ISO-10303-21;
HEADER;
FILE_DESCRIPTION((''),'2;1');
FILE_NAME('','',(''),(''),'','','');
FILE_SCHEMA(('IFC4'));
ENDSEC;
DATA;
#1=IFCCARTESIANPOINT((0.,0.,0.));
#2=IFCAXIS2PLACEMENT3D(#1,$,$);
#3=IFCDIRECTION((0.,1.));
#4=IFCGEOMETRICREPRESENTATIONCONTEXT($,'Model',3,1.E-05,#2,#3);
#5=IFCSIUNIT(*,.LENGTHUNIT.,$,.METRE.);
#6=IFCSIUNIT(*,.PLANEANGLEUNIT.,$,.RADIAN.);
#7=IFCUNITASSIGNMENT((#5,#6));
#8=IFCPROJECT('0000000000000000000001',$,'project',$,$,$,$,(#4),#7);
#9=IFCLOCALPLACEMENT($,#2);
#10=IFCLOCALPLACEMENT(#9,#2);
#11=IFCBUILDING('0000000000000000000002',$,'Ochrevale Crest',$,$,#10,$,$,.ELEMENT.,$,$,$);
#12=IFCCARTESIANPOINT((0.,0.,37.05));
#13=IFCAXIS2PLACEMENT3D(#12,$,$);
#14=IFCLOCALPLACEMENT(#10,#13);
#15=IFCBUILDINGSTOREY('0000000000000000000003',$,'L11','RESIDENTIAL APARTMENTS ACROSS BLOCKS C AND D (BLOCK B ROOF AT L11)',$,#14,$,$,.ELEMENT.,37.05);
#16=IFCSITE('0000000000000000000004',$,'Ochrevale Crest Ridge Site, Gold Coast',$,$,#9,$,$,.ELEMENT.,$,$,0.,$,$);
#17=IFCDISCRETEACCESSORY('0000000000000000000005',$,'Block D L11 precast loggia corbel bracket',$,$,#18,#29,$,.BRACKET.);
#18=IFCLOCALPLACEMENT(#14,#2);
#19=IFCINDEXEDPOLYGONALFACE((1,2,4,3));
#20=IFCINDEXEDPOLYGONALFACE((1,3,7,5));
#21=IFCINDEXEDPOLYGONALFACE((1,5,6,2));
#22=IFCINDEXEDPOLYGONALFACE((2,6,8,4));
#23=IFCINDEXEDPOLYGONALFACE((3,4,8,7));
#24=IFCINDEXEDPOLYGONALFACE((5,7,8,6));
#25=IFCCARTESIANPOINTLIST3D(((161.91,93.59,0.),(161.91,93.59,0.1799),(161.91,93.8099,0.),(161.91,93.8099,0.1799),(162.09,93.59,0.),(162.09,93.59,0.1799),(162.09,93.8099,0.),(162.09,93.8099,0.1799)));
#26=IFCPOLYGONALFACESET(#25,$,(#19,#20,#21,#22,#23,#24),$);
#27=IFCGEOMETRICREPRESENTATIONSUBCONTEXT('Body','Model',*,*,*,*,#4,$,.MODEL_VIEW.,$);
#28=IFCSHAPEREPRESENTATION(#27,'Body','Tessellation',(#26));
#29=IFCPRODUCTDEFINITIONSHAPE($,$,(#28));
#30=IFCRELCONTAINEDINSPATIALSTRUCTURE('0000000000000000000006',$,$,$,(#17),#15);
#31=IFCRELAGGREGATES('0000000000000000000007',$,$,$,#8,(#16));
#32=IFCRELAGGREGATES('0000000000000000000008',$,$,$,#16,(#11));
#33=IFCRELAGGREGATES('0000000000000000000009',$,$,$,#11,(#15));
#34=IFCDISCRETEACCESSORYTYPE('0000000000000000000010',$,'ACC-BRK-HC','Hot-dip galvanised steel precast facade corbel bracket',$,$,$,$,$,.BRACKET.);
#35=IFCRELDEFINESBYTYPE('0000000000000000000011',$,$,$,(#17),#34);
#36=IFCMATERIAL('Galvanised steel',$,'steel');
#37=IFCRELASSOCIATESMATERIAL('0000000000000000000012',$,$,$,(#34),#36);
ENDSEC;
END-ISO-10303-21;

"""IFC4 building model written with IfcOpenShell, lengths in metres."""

from ifc_helpers import new_model, si_unit, direction, frame, origin, origin_2d, place, context, subcontext, project, spatial, rectangle, extrude, material, type_object, element, save


model = new_model("IFC4")

# Units and contexts
model_context = context("Model", 3, precision=1e-05, world=origin(), true_north=direction((0.0, 1.0)))
body_context = subcontext(model_context, "Body", "Model", "MODEL_VIEW")
ifc_project = project(units=[si_unit("LENGTHUNIT", "METRE"), si_unit("PLANEANGLEUNIT", "RADIAN")], contexts=[model_context])

# Site, building, storey
site_placement = place(None, origin())
site = spatial("IfcSite", under=ifc_project, at=site_placement, Name="Ochrevale Crest Ridge Site, Gold Coast", CompositionType="ELEMENT", RefElevation=0.0)
building_placement = place(site_placement, origin())
building = spatial("IfcBuilding", under=site, at=building_placement, Name="Ochrevale Crest", CompositionType="ELEMENT")
storey_placement = place(building_placement, frame((0.0, 0.0, 37.05)))
storey = spatial("IfcBuildingStorey", under=building, at=storey_placement, Name="L11", Description="RESIDENTIAL APARTMENTS ACROSS BLOCKS C AND D (BLOCK B ROOF AT L11)", CompositionType="ELEMENT", Elevation=37.05)

# Shared definitions
ifc_material_1 = material(Name="Galvanised steel", Category="steel")

# Discrete accessory
discrete_accessory_type = type_object("IfcDiscreteAccessoryType", Name="ACC-BRK-HC", Description="Hot-dip galvanised steel precast facade corbel bracket", PredefinedType="BRACKET", material=ifc_material_1)
discrete_accessory_placement = place(storey_placement, frame((162.0, 93.7, 0.0), z_axis=(0.0, 0.0, 1.0), x_axis=(1.0, 0.0, 0.0)))
element("IfcDiscreteAccessory", 1, at=discrete_accessory_placement, inside=storey, type_object=discrete_accessory_type, Name="Block D L11 precast loggia corbel bracket", PredefinedType="BRACKET", context=body_context, shape_type="SweptSolid", body=[
    extrude(rectangle(XDim=0.1799, YDim=0.22, at=origin_2d()), origin(), (0.0, 0.0, 1.0), 0.1799),
])

save(model, "model.ifc")
